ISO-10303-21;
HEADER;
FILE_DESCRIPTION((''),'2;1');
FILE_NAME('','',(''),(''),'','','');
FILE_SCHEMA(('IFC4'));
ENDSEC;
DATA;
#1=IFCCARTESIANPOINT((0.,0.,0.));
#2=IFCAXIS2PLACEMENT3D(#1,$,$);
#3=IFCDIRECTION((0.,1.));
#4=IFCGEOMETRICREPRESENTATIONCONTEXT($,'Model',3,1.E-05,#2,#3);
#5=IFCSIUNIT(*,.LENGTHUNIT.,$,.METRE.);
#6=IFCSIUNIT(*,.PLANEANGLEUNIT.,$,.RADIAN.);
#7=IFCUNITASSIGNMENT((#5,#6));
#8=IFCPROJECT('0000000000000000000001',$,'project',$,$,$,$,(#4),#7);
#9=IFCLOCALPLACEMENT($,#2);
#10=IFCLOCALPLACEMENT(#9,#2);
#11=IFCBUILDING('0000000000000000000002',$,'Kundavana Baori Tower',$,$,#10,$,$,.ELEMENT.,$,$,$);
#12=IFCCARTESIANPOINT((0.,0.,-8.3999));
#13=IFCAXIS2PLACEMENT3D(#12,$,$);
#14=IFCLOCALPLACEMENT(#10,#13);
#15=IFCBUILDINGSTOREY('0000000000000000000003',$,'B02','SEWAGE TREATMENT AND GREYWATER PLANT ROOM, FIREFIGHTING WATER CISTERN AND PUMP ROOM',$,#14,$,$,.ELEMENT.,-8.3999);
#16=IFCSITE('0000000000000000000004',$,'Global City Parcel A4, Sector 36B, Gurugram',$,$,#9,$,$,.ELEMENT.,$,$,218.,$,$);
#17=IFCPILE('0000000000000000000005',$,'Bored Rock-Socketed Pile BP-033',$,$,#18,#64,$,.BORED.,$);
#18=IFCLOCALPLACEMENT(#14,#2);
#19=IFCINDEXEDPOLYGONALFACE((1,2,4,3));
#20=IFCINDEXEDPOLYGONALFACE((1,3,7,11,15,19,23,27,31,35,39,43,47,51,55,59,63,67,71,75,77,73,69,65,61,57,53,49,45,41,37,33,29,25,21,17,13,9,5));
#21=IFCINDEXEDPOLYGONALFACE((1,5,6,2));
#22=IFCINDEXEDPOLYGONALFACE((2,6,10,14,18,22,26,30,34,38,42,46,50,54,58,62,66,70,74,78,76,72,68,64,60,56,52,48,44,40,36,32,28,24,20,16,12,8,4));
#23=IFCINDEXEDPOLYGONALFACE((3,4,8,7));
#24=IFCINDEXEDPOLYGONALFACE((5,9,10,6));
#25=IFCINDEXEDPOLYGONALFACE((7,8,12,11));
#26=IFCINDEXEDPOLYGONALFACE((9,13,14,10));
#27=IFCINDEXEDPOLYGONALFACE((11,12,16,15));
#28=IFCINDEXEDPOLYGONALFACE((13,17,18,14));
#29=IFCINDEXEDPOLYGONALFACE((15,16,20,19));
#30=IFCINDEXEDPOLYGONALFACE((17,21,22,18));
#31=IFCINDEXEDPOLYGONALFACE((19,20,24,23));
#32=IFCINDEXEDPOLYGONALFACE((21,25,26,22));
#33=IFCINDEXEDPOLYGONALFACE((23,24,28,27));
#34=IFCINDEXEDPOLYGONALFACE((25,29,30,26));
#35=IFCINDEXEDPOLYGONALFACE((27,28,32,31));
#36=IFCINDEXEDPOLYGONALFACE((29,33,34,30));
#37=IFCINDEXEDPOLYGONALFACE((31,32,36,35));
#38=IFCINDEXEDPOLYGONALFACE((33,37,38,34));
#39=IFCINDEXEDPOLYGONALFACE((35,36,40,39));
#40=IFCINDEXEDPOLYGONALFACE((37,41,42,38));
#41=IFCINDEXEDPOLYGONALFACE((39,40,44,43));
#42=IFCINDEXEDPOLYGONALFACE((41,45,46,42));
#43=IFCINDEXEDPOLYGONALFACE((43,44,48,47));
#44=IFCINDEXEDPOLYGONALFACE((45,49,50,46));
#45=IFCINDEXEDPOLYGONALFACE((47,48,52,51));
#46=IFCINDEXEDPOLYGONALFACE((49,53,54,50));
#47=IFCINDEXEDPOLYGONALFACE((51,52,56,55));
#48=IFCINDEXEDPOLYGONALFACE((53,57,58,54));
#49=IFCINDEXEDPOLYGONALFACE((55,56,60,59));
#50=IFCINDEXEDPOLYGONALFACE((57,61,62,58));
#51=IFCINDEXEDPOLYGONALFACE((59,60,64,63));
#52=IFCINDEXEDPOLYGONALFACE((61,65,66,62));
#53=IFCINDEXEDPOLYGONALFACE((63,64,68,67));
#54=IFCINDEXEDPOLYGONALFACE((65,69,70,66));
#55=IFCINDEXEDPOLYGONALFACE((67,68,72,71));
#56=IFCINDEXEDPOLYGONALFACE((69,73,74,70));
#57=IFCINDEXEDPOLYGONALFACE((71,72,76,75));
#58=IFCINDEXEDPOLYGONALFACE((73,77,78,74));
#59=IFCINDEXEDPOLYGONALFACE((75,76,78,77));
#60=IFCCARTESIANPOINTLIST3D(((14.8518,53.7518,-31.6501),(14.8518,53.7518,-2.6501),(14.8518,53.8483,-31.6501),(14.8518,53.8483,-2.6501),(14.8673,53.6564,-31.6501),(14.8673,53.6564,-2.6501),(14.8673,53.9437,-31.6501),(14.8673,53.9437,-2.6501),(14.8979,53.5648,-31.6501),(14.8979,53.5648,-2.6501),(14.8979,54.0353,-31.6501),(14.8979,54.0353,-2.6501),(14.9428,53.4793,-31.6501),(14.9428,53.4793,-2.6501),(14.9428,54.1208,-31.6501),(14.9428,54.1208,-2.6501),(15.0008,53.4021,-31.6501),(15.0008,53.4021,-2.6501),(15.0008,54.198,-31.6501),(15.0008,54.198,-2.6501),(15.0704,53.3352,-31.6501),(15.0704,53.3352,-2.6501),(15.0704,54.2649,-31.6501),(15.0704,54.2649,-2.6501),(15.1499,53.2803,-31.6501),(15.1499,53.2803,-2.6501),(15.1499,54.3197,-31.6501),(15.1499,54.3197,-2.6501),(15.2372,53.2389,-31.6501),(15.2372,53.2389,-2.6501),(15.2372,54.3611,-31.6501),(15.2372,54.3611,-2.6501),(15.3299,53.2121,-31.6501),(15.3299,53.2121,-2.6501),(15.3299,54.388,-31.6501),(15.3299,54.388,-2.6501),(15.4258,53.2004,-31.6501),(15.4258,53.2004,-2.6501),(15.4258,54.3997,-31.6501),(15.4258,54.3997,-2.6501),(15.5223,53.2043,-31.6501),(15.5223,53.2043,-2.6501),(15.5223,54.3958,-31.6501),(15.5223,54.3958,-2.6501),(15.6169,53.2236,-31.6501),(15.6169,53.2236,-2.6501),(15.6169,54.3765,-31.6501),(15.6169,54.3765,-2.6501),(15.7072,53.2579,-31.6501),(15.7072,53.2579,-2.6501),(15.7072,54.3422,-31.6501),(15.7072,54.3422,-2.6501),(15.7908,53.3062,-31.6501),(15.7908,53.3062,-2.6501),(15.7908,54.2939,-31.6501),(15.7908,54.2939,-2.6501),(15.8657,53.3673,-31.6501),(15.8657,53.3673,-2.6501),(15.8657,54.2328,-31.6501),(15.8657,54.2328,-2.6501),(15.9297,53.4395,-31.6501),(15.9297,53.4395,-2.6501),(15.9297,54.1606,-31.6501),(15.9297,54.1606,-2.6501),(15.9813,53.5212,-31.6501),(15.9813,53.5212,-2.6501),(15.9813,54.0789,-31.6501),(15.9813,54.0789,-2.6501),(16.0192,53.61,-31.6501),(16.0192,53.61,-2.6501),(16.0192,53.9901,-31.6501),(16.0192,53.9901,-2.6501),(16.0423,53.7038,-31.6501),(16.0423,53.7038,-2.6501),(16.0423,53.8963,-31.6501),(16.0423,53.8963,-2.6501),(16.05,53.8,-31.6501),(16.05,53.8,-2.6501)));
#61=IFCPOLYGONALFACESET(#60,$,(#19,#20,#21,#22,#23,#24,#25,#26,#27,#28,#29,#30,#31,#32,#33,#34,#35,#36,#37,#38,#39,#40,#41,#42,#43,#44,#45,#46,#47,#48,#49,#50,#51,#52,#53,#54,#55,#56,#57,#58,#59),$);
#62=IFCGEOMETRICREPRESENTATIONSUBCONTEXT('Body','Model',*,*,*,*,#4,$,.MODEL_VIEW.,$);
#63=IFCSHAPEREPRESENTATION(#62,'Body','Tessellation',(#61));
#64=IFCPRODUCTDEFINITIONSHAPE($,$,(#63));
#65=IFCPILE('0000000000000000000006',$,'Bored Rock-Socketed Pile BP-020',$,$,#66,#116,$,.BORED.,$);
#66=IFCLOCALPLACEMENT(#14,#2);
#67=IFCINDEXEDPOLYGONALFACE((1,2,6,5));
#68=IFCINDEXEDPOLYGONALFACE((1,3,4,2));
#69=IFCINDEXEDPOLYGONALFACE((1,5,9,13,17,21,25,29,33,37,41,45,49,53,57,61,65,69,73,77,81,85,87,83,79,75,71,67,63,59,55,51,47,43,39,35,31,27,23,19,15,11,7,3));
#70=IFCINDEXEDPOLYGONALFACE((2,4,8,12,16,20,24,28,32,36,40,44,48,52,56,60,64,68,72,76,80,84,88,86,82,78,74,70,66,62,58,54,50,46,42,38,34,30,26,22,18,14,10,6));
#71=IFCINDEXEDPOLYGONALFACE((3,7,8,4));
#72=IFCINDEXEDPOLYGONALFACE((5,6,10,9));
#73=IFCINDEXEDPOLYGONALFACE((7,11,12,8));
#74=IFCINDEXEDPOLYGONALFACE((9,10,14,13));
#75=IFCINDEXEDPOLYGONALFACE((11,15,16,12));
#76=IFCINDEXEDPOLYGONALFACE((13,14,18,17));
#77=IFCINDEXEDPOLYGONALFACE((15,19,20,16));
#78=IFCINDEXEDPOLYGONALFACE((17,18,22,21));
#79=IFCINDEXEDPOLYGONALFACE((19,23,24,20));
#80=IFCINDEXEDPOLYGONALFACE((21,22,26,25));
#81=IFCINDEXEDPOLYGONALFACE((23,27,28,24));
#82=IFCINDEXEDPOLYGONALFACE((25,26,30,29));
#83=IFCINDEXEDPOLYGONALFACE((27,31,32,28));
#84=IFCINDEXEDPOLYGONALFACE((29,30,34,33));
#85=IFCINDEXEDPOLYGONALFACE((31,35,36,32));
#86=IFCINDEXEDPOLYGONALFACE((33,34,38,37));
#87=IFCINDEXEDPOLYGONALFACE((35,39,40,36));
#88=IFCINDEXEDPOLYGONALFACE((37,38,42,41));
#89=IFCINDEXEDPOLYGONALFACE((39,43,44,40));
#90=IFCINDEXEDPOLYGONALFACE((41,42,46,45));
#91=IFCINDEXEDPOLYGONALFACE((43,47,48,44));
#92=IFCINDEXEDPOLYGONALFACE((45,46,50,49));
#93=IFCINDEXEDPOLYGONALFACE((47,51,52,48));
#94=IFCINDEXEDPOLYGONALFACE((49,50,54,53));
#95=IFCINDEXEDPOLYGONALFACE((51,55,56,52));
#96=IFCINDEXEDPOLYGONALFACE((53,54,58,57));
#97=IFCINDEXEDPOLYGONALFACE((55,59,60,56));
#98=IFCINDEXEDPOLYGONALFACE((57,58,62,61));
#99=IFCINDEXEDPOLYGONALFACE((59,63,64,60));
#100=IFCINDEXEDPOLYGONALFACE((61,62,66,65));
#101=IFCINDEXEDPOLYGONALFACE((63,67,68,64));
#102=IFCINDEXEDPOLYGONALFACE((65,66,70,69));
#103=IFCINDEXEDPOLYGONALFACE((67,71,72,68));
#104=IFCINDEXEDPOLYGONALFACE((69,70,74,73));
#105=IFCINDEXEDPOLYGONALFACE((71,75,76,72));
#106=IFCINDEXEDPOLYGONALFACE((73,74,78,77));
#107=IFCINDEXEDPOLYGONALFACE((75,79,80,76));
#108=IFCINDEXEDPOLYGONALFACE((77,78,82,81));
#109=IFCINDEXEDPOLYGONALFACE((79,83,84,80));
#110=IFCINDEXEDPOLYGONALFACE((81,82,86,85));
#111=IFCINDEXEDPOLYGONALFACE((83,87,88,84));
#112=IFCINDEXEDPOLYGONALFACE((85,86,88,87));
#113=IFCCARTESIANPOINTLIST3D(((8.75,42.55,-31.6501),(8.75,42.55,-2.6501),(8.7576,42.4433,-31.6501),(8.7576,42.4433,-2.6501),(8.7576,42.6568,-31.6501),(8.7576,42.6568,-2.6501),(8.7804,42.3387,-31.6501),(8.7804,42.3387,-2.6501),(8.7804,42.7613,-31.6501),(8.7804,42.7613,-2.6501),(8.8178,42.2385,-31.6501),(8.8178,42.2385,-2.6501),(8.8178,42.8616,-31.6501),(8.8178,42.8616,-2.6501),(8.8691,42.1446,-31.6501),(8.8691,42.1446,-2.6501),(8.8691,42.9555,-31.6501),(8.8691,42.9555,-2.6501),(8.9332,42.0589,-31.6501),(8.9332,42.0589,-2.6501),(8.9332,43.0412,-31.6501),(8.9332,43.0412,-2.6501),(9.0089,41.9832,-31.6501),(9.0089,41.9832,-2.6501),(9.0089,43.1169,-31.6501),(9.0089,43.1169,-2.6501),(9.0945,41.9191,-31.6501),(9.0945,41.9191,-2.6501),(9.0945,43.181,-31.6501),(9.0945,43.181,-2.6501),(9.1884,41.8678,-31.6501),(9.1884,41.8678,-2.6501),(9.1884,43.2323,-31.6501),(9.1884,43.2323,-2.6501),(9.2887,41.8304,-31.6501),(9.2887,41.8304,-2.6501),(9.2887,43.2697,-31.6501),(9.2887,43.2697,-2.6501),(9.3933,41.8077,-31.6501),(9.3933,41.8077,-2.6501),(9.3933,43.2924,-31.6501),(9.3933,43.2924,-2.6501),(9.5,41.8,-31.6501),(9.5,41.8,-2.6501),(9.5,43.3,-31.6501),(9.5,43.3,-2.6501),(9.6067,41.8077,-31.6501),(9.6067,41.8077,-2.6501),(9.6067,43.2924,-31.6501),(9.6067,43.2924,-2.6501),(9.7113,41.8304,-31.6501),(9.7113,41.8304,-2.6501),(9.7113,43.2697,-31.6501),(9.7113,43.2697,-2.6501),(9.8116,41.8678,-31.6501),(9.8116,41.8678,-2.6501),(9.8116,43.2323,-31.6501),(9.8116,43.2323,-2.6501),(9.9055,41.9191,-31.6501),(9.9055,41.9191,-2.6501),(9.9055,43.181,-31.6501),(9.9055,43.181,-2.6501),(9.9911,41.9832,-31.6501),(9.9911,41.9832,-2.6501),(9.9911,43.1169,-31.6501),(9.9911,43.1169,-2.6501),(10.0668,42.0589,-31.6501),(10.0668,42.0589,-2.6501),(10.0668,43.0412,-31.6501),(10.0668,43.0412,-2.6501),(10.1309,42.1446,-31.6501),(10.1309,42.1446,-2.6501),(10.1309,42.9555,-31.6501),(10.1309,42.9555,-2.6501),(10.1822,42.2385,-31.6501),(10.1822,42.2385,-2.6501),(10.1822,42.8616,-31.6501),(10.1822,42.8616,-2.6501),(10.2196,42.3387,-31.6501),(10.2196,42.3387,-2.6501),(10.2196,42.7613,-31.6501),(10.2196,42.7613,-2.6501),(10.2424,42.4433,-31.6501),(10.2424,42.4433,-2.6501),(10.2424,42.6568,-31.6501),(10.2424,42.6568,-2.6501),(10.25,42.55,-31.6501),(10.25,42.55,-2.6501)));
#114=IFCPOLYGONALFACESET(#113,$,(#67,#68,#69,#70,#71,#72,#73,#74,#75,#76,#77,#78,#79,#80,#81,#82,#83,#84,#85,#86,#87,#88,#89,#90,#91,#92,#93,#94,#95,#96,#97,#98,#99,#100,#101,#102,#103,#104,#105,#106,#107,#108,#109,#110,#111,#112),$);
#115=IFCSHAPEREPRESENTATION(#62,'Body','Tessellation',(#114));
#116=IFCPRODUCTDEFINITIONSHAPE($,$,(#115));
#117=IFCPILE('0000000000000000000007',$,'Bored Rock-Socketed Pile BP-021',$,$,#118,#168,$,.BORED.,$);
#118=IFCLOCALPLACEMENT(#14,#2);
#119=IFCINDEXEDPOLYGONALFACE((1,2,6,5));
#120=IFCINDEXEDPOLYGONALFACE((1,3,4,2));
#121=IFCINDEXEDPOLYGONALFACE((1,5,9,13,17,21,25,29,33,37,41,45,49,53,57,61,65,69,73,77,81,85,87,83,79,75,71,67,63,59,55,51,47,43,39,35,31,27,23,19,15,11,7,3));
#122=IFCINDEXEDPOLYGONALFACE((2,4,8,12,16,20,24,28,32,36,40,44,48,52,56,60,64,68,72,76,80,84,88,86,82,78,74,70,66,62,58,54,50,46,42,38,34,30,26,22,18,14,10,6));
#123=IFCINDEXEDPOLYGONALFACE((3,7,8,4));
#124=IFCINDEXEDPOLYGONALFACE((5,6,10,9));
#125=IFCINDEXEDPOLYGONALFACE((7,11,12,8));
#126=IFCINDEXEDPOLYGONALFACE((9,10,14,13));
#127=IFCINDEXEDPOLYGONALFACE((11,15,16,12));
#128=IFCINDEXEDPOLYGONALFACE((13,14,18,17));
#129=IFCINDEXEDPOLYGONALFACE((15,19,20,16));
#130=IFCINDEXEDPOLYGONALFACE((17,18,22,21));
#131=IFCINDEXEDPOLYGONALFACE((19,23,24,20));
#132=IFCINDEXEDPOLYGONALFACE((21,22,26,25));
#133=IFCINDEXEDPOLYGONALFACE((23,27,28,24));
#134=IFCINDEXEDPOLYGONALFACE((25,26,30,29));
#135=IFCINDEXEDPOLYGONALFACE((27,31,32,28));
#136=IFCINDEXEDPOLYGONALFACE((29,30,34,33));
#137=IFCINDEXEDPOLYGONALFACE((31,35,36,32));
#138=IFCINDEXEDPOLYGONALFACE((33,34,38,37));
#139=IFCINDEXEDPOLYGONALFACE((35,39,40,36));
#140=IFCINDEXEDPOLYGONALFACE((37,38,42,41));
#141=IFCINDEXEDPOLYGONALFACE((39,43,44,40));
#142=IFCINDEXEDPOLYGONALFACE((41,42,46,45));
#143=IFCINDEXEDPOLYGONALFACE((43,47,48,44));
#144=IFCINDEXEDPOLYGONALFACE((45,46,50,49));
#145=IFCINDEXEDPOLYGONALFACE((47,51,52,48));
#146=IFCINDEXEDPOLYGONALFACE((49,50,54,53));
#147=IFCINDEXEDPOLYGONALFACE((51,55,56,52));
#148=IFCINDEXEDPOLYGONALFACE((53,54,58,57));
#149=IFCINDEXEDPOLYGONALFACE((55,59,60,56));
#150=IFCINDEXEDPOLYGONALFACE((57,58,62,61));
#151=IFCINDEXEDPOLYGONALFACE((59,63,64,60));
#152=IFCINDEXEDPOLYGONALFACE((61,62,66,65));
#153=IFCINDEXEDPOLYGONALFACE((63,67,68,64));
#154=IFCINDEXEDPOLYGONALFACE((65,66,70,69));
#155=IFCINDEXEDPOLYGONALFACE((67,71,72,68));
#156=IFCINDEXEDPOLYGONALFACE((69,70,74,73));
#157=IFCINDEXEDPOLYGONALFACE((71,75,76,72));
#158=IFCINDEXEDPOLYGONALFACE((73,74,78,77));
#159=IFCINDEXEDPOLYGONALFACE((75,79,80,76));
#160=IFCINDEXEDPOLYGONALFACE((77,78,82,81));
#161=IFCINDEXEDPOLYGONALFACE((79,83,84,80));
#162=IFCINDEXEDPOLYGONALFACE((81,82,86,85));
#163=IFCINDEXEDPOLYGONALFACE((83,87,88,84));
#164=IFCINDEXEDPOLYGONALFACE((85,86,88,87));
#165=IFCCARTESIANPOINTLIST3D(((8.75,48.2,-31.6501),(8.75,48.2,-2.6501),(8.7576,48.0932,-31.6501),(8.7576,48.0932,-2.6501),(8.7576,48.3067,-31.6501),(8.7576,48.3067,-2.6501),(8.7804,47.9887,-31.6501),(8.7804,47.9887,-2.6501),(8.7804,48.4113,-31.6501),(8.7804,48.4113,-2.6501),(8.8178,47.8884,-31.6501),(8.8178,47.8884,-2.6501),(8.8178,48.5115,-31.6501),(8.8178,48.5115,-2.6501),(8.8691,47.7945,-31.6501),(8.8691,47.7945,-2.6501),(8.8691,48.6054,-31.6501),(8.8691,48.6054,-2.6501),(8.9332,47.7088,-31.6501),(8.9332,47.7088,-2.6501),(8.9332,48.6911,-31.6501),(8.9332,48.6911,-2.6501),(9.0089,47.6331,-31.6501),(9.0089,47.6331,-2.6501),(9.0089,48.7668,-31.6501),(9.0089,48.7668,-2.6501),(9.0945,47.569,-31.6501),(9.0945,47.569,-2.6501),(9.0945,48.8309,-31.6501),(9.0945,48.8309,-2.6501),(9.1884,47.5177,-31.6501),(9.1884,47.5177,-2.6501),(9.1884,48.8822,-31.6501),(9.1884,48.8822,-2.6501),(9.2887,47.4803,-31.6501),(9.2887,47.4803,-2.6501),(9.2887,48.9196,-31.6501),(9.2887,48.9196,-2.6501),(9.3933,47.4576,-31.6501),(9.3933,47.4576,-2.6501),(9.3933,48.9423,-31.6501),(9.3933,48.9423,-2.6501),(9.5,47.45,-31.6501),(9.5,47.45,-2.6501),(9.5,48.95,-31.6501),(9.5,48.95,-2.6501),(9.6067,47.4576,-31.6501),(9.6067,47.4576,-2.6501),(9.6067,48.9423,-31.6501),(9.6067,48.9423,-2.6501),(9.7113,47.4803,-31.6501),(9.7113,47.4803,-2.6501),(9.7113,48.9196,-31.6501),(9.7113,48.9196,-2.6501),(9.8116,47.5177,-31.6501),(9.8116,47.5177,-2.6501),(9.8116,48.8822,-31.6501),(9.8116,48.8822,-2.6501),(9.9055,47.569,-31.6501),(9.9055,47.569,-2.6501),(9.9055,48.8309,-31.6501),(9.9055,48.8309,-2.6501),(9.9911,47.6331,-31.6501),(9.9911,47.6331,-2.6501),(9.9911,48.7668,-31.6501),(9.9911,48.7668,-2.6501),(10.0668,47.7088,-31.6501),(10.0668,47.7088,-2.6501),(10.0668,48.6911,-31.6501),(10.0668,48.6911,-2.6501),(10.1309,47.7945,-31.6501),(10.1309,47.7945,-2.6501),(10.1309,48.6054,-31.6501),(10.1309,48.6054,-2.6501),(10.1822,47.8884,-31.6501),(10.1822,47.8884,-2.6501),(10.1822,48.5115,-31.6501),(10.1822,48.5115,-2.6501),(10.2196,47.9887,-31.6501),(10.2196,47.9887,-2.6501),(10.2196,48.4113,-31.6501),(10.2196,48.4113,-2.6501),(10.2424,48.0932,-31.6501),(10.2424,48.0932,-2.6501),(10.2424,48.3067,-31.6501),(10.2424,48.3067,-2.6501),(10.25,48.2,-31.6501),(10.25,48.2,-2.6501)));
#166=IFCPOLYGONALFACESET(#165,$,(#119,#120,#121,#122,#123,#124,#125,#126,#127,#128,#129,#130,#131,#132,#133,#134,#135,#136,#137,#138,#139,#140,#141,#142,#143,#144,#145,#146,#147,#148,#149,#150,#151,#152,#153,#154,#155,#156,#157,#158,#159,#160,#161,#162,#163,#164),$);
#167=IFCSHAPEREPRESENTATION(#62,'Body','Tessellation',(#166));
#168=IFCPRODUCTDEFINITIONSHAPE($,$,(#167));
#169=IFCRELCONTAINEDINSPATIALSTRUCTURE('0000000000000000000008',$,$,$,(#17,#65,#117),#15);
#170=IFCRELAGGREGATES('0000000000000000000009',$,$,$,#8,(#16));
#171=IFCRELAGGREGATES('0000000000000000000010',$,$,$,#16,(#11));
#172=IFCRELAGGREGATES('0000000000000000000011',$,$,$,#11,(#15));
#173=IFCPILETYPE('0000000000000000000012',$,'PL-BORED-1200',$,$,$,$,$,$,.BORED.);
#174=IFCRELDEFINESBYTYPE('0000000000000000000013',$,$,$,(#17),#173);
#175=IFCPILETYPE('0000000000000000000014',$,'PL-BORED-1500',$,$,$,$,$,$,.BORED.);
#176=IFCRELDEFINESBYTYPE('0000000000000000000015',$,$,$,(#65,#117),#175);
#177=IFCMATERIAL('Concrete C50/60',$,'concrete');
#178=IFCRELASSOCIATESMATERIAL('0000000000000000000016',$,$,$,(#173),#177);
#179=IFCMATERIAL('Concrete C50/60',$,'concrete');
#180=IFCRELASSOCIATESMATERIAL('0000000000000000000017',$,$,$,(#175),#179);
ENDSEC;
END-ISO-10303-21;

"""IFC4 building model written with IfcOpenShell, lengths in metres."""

from ifc_helpers import new_model, si_unit, direction, frame, origin, origin_2d, place, context, subcontext, project, spatial, circle, extrude, material, material_profile, profile_set, type_object, element, save


model = new_model("IFC4")

# Units and contexts
model_context = context("Model", 3, precision=1e-05, world=origin(), true_north=direction((0.0, 1.0)))
body_context = subcontext(model_context, "Body", "Model", "MODEL_VIEW")
ifc_project = project(units=[si_unit("LENGTHUNIT", "METRE"), si_unit("PLANEANGLEUNIT", "RADIAN")], contexts=[model_context])

# Site, building, storey
site_placement = place(None, origin())
site = spatial("IfcSite", under=ifc_project, at=site_placement, Name="Global City Parcel A4, Sector 36B, Gurugram", CompositionType="ELEMENT", RefElevation=218.0)
building_placement = place(site_placement, origin())
building = spatial("IfcBuilding", under=site, at=building_placement, Name="Kundavana Baori Tower", CompositionType="ELEMENT")
storey_placement = place(building_placement, frame((0.0, 0.0, -8.3999)))
storey = spatial("IfcBuildingStorey", under=building, at=storey_placement, Name="B02", Description="SEWAGE TREATMENT AND GREYWATER PLANT ROOM, FIREFIGHTING WATER CISTERN AND PUMP ROOM", CompositionType="ELEMENT", Elevation=-8.3999)

# Piles
ifc_material_1 = material(Name="Concrete C50/60", Category="concrete")
ifc_material_profile_1 = material_profile(ifc_material_1, circle(Radius=0.6001, at=origin_2d()), Name="BORED PILE D1200")
ifc_profile_set_1 = profile_set([ifc_material_profile_1], Name="Concrete C50/60")
pile_type_1 = type_object("IfcPileType", Name="PL-BORED-1200", PredefinedType="BORED", material=ifc_profile_set_1)
for number, where, z_axis, x_axis, name in (
    (1, (15.45, 53.8, -2.6501), (0.0, 0.0, -1.0), (1.0, 0.0, 0.0), "Bored Rock-Socketed Pile BP-033"),
):
    element("IfcPile", number, at=place(storey_placement, frame(where, z_axis=z_axis, x_axis=x_axis)), inside=storey, type_object=pile_type_1, Name=name, PredefinedType="BORED", context=body_context, shape_type="SweptSolid", body=[
        extrude(circle(Radius=0.6001, at=origin_2d()), origin(), (0.0, 0.0, 1.0), 29.0),
    ])
ifc_material_2 = material(Name="Concrete C50/60", Category="concrete")
ifc_material_profile_2 = material_profile(ifc_material_2, circle(Radius=0.75, at=origin_2d()), Name="BORED PILE D1500")
ifc_profile_set_2 = profile_set([ifc_material_profile_2], Name="Concrete C50/60")
pile_type_2 = type_object("IfcPileType", Name="PL-BORED-1500", PredefinedType="BORED", material=ifc_profile_set_2)
for number, where, z_axis, x_axis, name in (
    (2, (9.5, 42.55, -2.6501), (0.0, 0.0, -1.0), (1.0, 0.0, 0.0), "Bored Rock-Socketed Pile BP-020"),
    (3, (9.5, 48.2, -2.6501), (0.0, 0.0, -1.0), (1.0, 0.0, 0.0), "Bored Rock-Socketed Pile BP-021"),
):
    element("IfcPile", number, at=place(storey_placement, frame(where, z_axis=z_axis, x_axis=x_axis)), inside=storey, type_object=pile_type_2, Name=name, PredefinedType="BORED", context=body_context, shape_type="SweptSolid", body=[
        extrude(circle(Radius=0.75, at=origin_2d()), origin(), (0.0, 0.0, 1.0), 29.0),
    ])

save(model, "model.ifc")
